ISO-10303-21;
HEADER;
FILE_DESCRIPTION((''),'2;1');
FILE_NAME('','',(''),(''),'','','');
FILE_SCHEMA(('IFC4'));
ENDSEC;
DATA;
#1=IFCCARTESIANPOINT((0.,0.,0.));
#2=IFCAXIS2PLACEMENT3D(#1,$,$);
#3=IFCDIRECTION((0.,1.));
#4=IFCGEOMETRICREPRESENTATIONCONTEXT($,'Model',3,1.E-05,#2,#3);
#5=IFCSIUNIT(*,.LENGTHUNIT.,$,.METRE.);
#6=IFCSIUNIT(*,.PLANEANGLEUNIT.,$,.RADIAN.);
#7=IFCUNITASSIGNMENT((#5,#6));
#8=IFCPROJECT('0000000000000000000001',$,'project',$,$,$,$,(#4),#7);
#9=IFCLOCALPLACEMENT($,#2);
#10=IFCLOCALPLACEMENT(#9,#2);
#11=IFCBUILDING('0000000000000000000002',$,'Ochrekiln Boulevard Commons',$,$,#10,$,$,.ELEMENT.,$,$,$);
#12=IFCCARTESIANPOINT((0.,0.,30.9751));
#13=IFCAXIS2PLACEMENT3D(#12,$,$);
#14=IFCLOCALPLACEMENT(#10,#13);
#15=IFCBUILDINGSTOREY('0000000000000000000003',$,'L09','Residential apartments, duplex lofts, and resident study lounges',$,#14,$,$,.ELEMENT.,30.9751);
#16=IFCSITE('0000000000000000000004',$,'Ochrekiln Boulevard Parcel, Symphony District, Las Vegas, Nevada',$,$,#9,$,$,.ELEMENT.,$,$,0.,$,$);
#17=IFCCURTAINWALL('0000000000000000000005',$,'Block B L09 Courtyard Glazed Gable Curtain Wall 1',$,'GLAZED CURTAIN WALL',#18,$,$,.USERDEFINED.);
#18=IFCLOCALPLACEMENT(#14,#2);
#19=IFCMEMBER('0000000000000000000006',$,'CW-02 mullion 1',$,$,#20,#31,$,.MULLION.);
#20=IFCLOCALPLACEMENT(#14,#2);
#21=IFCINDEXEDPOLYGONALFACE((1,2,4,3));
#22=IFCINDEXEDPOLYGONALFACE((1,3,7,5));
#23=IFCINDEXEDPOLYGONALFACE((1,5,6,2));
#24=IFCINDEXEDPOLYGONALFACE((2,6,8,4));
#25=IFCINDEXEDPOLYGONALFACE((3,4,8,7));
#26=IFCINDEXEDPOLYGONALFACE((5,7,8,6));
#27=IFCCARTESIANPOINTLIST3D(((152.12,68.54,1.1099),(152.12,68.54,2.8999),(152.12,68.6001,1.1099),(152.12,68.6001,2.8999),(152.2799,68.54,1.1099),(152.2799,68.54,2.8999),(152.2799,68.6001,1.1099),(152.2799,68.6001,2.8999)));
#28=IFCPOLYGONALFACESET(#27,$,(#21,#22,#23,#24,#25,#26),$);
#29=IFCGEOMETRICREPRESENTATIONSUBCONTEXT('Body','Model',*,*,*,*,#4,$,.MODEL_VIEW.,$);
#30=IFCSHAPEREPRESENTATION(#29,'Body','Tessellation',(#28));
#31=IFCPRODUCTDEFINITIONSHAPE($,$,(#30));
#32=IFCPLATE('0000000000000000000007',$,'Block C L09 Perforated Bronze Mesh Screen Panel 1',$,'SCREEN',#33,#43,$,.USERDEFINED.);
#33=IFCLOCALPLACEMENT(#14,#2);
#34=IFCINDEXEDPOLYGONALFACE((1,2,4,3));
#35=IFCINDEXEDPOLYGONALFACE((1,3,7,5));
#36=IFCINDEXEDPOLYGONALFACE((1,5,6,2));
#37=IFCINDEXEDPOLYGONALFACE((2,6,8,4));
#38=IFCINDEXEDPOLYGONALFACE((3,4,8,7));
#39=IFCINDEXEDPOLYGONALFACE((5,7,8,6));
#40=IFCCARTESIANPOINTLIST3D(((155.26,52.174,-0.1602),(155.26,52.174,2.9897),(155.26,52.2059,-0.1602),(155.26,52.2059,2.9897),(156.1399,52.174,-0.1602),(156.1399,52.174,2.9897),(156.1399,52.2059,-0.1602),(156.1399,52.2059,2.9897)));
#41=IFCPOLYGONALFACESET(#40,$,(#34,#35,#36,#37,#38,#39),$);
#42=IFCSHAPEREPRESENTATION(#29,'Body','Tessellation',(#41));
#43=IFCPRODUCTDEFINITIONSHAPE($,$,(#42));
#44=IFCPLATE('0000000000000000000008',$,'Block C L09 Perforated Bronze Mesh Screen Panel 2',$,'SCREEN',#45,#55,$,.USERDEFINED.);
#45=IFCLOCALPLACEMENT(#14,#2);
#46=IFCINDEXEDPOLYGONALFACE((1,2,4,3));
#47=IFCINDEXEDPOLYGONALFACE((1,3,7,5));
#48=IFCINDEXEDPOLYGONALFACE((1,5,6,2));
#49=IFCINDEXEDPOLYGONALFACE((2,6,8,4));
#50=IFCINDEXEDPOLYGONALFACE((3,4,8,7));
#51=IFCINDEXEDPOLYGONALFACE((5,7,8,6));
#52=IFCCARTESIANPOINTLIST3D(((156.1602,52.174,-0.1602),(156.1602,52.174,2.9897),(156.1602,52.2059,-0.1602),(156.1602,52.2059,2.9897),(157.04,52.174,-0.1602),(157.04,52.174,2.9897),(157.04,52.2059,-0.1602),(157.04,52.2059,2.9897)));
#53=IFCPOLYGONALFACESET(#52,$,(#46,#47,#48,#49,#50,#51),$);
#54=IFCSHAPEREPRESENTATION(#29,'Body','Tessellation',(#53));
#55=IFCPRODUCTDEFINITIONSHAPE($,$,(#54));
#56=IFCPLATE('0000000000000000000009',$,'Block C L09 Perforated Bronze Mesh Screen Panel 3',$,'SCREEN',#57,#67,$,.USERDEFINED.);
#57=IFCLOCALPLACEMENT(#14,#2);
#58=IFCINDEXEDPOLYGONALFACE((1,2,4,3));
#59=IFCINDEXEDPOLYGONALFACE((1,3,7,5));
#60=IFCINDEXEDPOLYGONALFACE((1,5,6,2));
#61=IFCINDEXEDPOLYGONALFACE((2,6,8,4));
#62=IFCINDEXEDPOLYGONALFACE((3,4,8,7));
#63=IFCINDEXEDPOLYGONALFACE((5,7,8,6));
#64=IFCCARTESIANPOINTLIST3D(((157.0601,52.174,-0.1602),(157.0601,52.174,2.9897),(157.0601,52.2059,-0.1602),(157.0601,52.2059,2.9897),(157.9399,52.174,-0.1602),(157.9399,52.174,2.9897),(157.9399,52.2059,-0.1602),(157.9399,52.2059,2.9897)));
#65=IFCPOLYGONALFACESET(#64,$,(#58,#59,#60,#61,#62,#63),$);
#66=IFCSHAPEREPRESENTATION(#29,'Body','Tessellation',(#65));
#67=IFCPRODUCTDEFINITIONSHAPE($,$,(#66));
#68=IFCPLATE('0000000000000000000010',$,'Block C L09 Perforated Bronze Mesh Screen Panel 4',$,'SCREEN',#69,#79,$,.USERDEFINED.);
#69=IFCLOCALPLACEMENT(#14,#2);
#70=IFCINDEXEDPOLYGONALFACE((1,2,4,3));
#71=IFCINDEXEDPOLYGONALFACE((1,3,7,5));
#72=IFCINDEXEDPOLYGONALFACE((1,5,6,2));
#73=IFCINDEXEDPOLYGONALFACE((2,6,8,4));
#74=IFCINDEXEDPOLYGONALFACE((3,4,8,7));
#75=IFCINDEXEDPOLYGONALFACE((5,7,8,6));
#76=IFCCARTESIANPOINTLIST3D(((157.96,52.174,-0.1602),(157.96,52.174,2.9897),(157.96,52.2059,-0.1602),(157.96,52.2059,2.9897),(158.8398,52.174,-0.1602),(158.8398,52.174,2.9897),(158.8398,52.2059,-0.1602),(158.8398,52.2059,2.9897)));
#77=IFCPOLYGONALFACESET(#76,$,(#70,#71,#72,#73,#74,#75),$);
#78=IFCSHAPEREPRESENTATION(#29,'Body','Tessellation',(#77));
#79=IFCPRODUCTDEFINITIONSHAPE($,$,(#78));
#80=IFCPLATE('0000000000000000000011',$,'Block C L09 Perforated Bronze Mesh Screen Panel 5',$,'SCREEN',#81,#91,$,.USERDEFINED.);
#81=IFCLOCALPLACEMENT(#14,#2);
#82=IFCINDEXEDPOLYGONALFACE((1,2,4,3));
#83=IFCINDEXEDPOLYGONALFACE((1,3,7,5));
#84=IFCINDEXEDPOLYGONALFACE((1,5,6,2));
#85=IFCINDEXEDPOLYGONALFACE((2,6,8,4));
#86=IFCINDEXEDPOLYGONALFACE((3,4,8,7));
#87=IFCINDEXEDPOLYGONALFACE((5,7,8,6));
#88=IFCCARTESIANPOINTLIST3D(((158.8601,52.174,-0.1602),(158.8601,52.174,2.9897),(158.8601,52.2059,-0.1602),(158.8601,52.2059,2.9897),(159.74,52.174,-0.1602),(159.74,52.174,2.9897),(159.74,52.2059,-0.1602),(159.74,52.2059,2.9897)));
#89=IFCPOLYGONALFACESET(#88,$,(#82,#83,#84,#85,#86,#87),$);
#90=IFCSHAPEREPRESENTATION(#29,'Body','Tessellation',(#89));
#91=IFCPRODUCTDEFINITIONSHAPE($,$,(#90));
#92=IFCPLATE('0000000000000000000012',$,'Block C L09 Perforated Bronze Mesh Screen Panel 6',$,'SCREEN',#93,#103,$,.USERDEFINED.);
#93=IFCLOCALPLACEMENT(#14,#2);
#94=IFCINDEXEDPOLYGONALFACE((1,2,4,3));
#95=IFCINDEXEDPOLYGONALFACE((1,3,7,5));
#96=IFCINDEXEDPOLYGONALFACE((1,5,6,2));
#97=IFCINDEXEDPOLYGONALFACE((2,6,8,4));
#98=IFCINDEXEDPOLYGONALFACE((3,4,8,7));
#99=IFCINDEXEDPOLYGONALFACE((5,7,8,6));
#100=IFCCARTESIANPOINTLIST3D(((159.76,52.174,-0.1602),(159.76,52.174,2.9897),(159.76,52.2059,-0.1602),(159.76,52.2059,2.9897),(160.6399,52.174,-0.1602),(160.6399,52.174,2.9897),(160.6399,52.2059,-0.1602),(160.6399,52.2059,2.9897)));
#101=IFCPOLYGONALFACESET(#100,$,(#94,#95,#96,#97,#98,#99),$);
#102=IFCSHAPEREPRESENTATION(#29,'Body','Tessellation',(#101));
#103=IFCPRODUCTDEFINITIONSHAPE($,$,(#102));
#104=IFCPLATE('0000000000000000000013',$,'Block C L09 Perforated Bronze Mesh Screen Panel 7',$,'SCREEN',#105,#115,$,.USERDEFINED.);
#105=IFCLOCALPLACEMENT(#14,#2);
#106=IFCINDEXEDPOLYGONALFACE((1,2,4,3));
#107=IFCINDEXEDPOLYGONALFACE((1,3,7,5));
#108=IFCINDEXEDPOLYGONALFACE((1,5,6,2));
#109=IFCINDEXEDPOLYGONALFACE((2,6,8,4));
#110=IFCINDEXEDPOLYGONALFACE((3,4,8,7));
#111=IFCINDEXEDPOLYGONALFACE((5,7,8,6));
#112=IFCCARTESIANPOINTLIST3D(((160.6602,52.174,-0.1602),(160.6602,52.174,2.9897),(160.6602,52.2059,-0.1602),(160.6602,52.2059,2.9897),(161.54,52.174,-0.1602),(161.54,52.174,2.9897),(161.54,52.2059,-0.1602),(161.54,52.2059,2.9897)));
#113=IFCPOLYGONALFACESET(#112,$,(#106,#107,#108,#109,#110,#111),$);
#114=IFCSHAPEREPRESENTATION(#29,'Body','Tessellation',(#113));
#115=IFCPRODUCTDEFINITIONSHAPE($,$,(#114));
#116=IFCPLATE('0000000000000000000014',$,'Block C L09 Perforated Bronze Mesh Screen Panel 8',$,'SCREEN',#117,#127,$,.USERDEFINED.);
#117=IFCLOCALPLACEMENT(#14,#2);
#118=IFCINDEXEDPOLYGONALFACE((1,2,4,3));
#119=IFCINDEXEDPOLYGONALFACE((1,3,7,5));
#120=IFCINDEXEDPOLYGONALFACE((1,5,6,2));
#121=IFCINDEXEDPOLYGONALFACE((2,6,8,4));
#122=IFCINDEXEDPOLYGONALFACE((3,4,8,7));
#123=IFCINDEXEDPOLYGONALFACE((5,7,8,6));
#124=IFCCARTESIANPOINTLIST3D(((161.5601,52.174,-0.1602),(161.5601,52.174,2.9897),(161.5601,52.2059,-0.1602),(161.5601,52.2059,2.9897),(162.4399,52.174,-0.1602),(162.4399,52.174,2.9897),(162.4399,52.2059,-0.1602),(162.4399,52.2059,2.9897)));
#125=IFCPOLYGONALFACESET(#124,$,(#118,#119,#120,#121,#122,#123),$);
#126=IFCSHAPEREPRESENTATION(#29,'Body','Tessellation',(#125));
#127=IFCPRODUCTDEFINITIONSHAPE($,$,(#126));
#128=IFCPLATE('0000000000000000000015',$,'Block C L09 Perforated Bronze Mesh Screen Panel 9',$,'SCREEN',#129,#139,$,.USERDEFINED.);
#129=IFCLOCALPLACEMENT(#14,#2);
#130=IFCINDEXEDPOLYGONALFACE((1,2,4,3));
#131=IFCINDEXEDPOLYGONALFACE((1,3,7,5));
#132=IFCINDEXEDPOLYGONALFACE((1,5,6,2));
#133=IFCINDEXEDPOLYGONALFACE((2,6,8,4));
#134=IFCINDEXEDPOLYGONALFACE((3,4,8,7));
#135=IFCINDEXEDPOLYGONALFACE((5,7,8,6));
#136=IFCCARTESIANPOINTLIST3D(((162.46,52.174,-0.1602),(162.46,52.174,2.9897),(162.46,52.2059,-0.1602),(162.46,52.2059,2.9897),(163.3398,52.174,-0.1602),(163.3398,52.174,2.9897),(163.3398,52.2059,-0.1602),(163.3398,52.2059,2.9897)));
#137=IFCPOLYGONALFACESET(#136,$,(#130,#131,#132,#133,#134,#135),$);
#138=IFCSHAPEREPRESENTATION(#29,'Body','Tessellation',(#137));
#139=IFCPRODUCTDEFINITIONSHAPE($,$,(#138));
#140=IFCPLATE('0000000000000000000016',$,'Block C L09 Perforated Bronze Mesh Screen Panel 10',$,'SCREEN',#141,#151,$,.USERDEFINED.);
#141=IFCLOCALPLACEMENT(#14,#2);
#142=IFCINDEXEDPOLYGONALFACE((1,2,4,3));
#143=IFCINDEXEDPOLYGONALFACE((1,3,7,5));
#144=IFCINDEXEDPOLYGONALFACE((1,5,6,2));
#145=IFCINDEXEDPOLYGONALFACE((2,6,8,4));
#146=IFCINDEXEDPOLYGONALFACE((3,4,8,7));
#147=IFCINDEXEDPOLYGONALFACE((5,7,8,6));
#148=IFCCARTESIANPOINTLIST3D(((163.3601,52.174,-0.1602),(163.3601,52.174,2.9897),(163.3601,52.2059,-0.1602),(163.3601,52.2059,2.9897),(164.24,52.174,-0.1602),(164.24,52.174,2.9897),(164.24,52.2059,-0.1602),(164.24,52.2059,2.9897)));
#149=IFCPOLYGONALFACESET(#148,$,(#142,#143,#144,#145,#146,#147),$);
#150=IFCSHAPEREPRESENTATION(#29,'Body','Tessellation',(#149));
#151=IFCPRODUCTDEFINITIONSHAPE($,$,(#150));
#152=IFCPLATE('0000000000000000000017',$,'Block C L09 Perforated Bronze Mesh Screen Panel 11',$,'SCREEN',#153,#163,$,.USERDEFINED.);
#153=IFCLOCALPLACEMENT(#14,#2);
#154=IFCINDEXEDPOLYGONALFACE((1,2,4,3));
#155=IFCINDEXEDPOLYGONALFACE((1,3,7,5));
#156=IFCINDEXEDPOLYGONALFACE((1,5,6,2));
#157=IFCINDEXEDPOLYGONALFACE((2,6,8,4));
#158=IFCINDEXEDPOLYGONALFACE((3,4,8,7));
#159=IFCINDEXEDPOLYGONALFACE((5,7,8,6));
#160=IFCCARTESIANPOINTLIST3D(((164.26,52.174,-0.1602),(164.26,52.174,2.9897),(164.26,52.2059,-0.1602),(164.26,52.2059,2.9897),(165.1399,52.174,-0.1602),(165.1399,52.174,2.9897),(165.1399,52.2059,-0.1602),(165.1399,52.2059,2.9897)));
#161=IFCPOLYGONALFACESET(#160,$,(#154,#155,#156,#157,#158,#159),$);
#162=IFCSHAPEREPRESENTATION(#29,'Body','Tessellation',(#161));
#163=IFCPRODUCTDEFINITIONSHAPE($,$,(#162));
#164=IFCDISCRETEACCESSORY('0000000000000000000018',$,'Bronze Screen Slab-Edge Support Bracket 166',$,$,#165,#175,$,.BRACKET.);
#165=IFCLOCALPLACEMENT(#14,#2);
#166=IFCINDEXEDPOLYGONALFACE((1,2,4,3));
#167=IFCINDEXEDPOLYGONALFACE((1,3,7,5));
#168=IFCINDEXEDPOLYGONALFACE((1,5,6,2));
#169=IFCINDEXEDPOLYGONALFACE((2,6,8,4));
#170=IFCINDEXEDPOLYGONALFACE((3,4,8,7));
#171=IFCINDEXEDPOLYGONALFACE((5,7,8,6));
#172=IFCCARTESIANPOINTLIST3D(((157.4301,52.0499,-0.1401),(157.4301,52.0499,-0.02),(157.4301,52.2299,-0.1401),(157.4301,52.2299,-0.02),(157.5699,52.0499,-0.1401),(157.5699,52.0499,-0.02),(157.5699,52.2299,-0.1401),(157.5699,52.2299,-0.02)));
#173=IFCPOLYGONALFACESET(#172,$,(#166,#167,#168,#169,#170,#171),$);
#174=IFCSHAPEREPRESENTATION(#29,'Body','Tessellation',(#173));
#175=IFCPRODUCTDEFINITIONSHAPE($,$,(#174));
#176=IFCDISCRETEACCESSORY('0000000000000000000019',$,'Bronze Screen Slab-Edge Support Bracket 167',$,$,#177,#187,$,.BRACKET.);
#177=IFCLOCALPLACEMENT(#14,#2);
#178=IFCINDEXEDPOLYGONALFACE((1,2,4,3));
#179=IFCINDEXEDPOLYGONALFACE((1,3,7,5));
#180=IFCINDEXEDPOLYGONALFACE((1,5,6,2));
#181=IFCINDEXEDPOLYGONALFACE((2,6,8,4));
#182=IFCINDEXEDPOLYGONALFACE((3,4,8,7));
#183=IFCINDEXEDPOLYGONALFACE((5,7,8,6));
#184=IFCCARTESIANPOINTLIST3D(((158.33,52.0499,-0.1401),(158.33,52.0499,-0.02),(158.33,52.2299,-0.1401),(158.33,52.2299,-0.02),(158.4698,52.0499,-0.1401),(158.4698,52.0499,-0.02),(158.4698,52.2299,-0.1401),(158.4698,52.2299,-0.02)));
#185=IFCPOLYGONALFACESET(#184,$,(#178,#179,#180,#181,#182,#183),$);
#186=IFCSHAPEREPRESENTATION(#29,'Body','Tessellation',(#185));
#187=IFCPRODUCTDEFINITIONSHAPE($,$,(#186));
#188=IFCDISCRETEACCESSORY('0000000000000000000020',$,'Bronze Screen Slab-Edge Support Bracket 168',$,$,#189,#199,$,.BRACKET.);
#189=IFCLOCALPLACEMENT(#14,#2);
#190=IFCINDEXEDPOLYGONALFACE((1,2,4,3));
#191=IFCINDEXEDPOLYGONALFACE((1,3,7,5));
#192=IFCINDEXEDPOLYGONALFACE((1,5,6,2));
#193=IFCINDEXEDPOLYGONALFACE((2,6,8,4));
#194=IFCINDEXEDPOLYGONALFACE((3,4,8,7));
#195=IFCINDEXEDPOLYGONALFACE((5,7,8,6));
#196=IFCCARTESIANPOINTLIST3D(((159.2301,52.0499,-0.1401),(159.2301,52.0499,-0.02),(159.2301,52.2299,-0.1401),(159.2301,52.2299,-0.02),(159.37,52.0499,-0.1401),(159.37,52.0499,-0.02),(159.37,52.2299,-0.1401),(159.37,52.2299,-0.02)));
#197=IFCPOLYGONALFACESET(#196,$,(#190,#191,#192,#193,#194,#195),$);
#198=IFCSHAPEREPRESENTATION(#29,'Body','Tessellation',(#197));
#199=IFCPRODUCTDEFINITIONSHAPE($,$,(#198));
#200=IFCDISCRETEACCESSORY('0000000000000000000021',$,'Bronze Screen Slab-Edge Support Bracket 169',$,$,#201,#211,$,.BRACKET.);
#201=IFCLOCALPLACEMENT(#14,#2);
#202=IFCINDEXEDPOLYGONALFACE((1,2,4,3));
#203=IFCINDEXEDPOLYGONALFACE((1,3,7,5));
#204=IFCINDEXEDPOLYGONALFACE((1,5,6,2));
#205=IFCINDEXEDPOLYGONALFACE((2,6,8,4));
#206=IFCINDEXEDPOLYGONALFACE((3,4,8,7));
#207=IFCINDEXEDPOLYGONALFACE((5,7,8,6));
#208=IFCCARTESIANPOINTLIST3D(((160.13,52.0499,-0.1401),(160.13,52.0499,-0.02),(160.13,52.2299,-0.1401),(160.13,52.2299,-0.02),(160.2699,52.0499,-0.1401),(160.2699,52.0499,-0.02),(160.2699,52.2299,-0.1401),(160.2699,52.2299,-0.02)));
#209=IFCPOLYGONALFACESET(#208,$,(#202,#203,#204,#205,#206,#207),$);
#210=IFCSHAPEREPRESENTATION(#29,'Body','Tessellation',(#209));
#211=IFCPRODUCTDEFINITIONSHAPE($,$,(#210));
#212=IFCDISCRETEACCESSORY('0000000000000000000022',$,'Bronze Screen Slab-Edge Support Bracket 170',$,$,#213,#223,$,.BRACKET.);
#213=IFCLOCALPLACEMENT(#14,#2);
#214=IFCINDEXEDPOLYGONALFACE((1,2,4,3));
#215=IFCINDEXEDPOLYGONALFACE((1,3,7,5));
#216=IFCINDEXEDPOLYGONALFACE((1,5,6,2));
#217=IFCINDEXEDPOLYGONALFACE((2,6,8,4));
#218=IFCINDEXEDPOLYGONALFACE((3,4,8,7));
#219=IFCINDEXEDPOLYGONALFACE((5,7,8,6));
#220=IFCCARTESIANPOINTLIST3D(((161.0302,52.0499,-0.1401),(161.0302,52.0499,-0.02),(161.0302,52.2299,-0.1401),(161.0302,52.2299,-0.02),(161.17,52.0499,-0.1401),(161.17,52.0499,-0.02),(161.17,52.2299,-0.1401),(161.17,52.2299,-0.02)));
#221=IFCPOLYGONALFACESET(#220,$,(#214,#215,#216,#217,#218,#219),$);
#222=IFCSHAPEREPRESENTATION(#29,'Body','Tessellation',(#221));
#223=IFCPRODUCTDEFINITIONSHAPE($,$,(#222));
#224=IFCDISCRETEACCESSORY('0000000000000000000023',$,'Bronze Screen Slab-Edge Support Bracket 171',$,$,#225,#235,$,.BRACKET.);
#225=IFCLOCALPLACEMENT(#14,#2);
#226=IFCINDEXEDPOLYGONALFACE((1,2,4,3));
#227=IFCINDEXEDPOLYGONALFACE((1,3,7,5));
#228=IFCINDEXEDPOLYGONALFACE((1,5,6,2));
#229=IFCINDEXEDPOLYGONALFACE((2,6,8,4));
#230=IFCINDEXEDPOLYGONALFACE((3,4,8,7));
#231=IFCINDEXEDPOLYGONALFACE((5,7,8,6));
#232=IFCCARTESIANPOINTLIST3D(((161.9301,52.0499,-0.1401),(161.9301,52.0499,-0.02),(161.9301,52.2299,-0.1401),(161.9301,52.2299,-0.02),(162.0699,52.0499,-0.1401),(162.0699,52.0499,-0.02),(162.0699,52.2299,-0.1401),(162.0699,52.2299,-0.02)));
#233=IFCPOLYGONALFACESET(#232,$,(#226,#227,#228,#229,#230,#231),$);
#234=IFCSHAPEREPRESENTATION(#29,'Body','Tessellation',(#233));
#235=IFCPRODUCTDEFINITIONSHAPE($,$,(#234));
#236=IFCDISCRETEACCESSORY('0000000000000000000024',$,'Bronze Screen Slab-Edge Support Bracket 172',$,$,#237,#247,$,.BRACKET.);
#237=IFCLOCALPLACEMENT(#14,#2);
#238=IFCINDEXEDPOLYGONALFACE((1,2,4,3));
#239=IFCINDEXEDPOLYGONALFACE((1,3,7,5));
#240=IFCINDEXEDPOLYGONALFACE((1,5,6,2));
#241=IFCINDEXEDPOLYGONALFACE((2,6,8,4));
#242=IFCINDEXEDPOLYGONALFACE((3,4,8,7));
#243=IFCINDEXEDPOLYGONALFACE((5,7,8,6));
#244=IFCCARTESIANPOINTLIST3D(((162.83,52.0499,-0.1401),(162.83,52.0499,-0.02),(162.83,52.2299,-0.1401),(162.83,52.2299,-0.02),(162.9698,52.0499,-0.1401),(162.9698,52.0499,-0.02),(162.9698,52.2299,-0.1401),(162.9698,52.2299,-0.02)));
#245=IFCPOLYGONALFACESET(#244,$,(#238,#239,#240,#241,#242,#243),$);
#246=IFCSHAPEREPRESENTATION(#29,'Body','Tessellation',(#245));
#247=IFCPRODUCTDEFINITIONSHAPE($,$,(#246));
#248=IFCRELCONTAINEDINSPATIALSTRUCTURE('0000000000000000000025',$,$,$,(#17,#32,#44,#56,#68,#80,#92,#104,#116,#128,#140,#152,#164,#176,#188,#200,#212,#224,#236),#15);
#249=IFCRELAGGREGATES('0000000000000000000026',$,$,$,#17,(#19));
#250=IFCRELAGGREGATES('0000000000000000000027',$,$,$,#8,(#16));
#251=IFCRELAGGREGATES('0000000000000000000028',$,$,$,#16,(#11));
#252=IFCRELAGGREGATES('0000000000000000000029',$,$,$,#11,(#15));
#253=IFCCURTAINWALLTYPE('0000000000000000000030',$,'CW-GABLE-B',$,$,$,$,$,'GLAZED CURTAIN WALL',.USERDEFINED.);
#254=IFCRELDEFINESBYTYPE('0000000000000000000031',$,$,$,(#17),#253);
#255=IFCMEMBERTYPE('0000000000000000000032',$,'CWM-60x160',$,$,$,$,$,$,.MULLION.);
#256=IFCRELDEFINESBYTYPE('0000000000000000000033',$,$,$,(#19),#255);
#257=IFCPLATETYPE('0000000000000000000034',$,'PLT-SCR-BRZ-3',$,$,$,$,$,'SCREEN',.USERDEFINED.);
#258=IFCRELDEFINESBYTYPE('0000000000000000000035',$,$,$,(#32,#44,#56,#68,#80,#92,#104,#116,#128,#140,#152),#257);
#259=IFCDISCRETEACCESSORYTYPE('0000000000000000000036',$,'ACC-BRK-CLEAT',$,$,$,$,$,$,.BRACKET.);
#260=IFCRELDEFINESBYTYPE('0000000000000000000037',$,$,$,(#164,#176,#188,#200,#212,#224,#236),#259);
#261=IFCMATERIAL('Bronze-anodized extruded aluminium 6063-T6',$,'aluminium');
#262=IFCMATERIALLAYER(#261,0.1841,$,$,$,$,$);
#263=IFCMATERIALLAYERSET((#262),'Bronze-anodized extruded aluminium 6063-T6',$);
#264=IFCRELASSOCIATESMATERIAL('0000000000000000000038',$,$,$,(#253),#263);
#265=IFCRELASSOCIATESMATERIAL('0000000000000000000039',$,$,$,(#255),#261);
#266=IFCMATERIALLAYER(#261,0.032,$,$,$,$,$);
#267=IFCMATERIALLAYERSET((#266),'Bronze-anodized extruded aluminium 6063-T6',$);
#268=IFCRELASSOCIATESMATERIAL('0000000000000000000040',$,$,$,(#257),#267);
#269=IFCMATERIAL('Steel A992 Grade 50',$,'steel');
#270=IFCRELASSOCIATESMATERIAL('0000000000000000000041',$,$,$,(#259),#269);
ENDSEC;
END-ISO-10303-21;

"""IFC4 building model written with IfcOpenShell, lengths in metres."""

from ifc_helpers import new_model, si_unit, direction, frame, origin, origin_2d, place, context, subcontext, project, spatial, rectangle, extrude, material, layer, layer_set, material_profile, profile_set, type_object, element, aggregate, save


model = new_model("IFC4")

# Units and contexts
model_context = context("Model", 3, precision=1e-05, world=origin(), true_north=direction((0.0, 1.0)))
body_context = subcontext(model_context, "Body", "Model", "MODEL_VIEW")
ifc_project = project(units=[si_unit("LENGTHUNIT", "METRE"), si_unit("PLANEANGLEUNIT", "RADIAN")], contexts=[model_context])

# Site, building, storey
site_placement = place(None, origin())
site = spatial("IfcSite", under=ifc_project, at=site_placement, Name="Ochrekiln Boulevard Parcel, Symphony District, Las Vegas, Nevada", CompositionType="ELEMENT", RefElevation=0.0)
building_placement = place(site_placement, origin())
building = spatial("IfcBuilding", under=site, at=building_placement, Name="Ochrekiln Boulevard Commons", CompositionType="ELEMENT")
storey_placement = place(building_placement, frame((0.0, 0.0, 30.9751)))
storey = spatial("IfcBuildingStorey", under=building, at=storey_placement, Name="L09", Description="Residential apartments, duplex lofts, and resident study lounges", CompositionType="ELEMENT", Elevation=30.9751)

# Curtain wall, member
ifc_material_1 = material(Name="Bronze-anodized extruded aluminium 6063-T6", Category="aluminium")
ifc_layer_1 = layer(ifc_material_1, 0.1841)
ifc_layer_set_1 = layer_set([ifc_layer_1], Name="Bronze-anodized extruded aluminium 6063-T6")
curtain_wall_type = type_object("IfcCurtainWallType", Name="CW-GABLE-B", ElementType="GLAZED CURTAIN WALL", PredefinedType="USERDEFINED", material=ifc_layer_set_1)
curtain_wall_placement = place(storey_placement, origin())
curtain_wall = element("IfcCurtainWall", 1, at=curtain_wall_placement, inside=storey, type_object=curtain_wall_type, Name="Block B L09 Courtyard Glazed Gable Curtain Wall 1", ObjectType="GLAZED CURTAIN WALL", PredefinedType="USERDEFINED")
ifc_material_profile = material_profile(ifc_material_1, rectangle(XDim=0.0601, YDim=0.1599, at=origin_2d()), Name="ALU-MUL-60x160")
ifc_profile_set = profile_set([ifc_material_profile], Name="Bronze-anodized extruded aluminium 6063-T6")
member_type = type_object("IfcMemberType", Name="CWM-60x160", PredefinedType="MULLION", material=ifc_profile_set)
member_placement = place(storey_placement, frame((152.2, 68.5701, 1.1099), z_axis=(0.0, 0.0, 1.0), x_axis=(0.0, 1.0, 0.0)))
member = element("IfcMember", 2, at=member_placement, type_object=member_type, Name="CW-02 mullion 1", PredefinedType="MULLION", context=body_context, shape_type="SweptSolid", body=[
    extrude(rectangle(XDim=0.0601, YDim=0.1599, at=origin_2d()), origin(), (0.0, 0.0, 1.0), 1.79),
])
aggregate(curtain_wall, [member])

# Plates
ifc_layer_2 = layer(ifc_material_1, 0.032)
ifc_layer_set_2 = layer_set([ifc_layer_2], Name="Bronze-anodized extruded aluminium 6063-T6")
plate_type = type_object("IfcPlateType", Name="PLT-SCR-BRZ-3", ElementType="SCREEN", PredefinedType="USERDEFINED", material=ifc_layer_set_2)
for number, where, z_axis, x_axis, name in (
    (3, (155.7, 52.1899, -0.1602), (0.0, 0.0, 1.0), (1.0, 0.0, 0.0), "Block C L09 Perforated Bronze Mesh Screen Panel 1"),
    (4, (156.6001, 52.1899, -0.1602), (0.0, 0.0, 1.0), (1.0, 0.0, 0.0), "Block C L09 Perforated Bronze Mesh Screen Panel 2"),
    (5, (157.5, 52.1899, -0.1602), (0.0, 0.0, 1.0), (1.0, 0.0, 0.0), "Block C L09 Perforated Bronze Mesh Screen Panel 3"),
    (6, (158.3999, 52.1899, -0.1602), (0.0, 0.0, 1.0), (1.0, 0.0, 0.0), "Block C L09 Perforated Bronze Mesh Screen Panel 4"),
    (7, (159.3, 52.1899, -0.1602), (0.0, 0.0, 1.0), (1.0, 0.0, 0.0), "Block C L09 Perforated Bronze Mesh Screen Panel 5"),
    (8, (160.2, 52.1899, -0.1602), (0.0, 0.0, 1.0), (1.0, 0.0, 0.0), "Block C L09 Perforated Bronze Mesh Screen Panel 6"),
    (9, (161.1001, 52.1899, -0.1602), (0.0, 0.0, 1.0), (1.0, 0.0, 0.0), "Block C L09 Perforated Bronze Mesh Screen Panel 7"),
    (10, (162.0, 52.1899, -0.1602), (0.0, 0.0, 1.0), (1.0, 0.0, 0.0), "Block C L09 Perforated Bronze Mesh Screen Panel 8"),
    (11, (162.8999, 52.1899, -0.1602), (0.0, 0.0, 1.0), (1.0, 0.0, 0.0), "Block C L09 Perforated Bronze Mesh Screen Panel 9"),
    (12, (163.8, 52.1899, -0.1602), (0.0, 0.0, 1.0), (1.0, 0.0, 0.0), "Block C L09 Perforated Bronze Mesh Screen Panel 10"),
    (13, (164.7, 52.1899, -0.1602), (0.0, 0.0, 1.0), (1.0, 0.0, 0.0), "Block C L09 Perforated Bronze Mesh Screen Panel 11"),
):
    element("IfcPlate", number, at=place(storey_placement, frame(where, z_axis=z_axis, x_axis=x_axis)), inside=storey, type_object=plate_type, Name=name, ObjectType="SCREEN", PredefinedType="USERDEFINED", context=body_context, shape_type="SweptSolid", body=[
        extrude(rectangle(XDim=0.8799, YDim=0.032, at=origin_2d()), origin(), (0.0, 0.0, 1.0), 3.1499),
    ])

# Discrete accessories
ifc_material_2 = material(Name="Steel A992 Grade 50", Category="steel")
discrete_accessory_type = type_object("IfcDiscreteAccessoryType", Name="ACC-BRK-CLEAT", PredefinedType="BRACKET", material=ifc_material_2)
for number, where, z_axis, x_axis, name in (
    (14, (157.5, 52.1399, -0.1401), (0.0, 0.0, 1.0), (1.0, 0.0, 0.0), "Bronze Screen Slab-Edge Support Bracket 166"),
    (15, (158.3999, 52.1399, -0.1401), (0.0, 0.0, 1.0), (1.0, 0.0, 0.0), "Bronze Screen Slab-Edge Support Bracket 167"),
    (16, (159.3, 52.1399, -0.1401), (0.0, 0.0, 1.0), (1.0, 0.0, 0.0), "Bronze Screen Slab-Edge Support Bracket 168"),
    (17, (160.2, 52.1399, -0.1401), (0.0, 0.0, 1.0), (1.0, 0.0, 0.0), "Bronze Screen Slab-Edge Support Bracket 169"),
    (18, (161.1001, 52.1399, -0.1401), (0.0, 0.0, 1.0), (1.0, 0.0, 0.0), "Bronze Screen Slab-Edge Support Bracket 170"),
    (19, (162.0, 52.1399, -0.1401), (0.0, 0.0, 1.0), (1.0, 0.0, 0.0), "Bronze Screen Slab-Edge Support Bracket 171"),
    (20, (162.8999, 52.1399, -0.1401), (0.0, 0.0, 1.0), (1.0, 0.0, 0.0), "Bronze Screen Slab-Edge Support Bracket 172"),
):
    element("IfcDiscreteAccessory", number, at=place(storey_placement, frame(where, z_axis=z_axis, x_axis=x_axis)), inside=storey, type_object=discrete_accessory_type, Name=name, PredefinedType="BRACKET", context=body_context, shape_type="SweptSolid", body=[
        extrude(rectangle(XDim=0.1399, YDim=0.1799, at=origin_2d()), origin(), (0.0, 0.0, 1.0), 0.1201),
    ])

save(model, "model.ifc")
